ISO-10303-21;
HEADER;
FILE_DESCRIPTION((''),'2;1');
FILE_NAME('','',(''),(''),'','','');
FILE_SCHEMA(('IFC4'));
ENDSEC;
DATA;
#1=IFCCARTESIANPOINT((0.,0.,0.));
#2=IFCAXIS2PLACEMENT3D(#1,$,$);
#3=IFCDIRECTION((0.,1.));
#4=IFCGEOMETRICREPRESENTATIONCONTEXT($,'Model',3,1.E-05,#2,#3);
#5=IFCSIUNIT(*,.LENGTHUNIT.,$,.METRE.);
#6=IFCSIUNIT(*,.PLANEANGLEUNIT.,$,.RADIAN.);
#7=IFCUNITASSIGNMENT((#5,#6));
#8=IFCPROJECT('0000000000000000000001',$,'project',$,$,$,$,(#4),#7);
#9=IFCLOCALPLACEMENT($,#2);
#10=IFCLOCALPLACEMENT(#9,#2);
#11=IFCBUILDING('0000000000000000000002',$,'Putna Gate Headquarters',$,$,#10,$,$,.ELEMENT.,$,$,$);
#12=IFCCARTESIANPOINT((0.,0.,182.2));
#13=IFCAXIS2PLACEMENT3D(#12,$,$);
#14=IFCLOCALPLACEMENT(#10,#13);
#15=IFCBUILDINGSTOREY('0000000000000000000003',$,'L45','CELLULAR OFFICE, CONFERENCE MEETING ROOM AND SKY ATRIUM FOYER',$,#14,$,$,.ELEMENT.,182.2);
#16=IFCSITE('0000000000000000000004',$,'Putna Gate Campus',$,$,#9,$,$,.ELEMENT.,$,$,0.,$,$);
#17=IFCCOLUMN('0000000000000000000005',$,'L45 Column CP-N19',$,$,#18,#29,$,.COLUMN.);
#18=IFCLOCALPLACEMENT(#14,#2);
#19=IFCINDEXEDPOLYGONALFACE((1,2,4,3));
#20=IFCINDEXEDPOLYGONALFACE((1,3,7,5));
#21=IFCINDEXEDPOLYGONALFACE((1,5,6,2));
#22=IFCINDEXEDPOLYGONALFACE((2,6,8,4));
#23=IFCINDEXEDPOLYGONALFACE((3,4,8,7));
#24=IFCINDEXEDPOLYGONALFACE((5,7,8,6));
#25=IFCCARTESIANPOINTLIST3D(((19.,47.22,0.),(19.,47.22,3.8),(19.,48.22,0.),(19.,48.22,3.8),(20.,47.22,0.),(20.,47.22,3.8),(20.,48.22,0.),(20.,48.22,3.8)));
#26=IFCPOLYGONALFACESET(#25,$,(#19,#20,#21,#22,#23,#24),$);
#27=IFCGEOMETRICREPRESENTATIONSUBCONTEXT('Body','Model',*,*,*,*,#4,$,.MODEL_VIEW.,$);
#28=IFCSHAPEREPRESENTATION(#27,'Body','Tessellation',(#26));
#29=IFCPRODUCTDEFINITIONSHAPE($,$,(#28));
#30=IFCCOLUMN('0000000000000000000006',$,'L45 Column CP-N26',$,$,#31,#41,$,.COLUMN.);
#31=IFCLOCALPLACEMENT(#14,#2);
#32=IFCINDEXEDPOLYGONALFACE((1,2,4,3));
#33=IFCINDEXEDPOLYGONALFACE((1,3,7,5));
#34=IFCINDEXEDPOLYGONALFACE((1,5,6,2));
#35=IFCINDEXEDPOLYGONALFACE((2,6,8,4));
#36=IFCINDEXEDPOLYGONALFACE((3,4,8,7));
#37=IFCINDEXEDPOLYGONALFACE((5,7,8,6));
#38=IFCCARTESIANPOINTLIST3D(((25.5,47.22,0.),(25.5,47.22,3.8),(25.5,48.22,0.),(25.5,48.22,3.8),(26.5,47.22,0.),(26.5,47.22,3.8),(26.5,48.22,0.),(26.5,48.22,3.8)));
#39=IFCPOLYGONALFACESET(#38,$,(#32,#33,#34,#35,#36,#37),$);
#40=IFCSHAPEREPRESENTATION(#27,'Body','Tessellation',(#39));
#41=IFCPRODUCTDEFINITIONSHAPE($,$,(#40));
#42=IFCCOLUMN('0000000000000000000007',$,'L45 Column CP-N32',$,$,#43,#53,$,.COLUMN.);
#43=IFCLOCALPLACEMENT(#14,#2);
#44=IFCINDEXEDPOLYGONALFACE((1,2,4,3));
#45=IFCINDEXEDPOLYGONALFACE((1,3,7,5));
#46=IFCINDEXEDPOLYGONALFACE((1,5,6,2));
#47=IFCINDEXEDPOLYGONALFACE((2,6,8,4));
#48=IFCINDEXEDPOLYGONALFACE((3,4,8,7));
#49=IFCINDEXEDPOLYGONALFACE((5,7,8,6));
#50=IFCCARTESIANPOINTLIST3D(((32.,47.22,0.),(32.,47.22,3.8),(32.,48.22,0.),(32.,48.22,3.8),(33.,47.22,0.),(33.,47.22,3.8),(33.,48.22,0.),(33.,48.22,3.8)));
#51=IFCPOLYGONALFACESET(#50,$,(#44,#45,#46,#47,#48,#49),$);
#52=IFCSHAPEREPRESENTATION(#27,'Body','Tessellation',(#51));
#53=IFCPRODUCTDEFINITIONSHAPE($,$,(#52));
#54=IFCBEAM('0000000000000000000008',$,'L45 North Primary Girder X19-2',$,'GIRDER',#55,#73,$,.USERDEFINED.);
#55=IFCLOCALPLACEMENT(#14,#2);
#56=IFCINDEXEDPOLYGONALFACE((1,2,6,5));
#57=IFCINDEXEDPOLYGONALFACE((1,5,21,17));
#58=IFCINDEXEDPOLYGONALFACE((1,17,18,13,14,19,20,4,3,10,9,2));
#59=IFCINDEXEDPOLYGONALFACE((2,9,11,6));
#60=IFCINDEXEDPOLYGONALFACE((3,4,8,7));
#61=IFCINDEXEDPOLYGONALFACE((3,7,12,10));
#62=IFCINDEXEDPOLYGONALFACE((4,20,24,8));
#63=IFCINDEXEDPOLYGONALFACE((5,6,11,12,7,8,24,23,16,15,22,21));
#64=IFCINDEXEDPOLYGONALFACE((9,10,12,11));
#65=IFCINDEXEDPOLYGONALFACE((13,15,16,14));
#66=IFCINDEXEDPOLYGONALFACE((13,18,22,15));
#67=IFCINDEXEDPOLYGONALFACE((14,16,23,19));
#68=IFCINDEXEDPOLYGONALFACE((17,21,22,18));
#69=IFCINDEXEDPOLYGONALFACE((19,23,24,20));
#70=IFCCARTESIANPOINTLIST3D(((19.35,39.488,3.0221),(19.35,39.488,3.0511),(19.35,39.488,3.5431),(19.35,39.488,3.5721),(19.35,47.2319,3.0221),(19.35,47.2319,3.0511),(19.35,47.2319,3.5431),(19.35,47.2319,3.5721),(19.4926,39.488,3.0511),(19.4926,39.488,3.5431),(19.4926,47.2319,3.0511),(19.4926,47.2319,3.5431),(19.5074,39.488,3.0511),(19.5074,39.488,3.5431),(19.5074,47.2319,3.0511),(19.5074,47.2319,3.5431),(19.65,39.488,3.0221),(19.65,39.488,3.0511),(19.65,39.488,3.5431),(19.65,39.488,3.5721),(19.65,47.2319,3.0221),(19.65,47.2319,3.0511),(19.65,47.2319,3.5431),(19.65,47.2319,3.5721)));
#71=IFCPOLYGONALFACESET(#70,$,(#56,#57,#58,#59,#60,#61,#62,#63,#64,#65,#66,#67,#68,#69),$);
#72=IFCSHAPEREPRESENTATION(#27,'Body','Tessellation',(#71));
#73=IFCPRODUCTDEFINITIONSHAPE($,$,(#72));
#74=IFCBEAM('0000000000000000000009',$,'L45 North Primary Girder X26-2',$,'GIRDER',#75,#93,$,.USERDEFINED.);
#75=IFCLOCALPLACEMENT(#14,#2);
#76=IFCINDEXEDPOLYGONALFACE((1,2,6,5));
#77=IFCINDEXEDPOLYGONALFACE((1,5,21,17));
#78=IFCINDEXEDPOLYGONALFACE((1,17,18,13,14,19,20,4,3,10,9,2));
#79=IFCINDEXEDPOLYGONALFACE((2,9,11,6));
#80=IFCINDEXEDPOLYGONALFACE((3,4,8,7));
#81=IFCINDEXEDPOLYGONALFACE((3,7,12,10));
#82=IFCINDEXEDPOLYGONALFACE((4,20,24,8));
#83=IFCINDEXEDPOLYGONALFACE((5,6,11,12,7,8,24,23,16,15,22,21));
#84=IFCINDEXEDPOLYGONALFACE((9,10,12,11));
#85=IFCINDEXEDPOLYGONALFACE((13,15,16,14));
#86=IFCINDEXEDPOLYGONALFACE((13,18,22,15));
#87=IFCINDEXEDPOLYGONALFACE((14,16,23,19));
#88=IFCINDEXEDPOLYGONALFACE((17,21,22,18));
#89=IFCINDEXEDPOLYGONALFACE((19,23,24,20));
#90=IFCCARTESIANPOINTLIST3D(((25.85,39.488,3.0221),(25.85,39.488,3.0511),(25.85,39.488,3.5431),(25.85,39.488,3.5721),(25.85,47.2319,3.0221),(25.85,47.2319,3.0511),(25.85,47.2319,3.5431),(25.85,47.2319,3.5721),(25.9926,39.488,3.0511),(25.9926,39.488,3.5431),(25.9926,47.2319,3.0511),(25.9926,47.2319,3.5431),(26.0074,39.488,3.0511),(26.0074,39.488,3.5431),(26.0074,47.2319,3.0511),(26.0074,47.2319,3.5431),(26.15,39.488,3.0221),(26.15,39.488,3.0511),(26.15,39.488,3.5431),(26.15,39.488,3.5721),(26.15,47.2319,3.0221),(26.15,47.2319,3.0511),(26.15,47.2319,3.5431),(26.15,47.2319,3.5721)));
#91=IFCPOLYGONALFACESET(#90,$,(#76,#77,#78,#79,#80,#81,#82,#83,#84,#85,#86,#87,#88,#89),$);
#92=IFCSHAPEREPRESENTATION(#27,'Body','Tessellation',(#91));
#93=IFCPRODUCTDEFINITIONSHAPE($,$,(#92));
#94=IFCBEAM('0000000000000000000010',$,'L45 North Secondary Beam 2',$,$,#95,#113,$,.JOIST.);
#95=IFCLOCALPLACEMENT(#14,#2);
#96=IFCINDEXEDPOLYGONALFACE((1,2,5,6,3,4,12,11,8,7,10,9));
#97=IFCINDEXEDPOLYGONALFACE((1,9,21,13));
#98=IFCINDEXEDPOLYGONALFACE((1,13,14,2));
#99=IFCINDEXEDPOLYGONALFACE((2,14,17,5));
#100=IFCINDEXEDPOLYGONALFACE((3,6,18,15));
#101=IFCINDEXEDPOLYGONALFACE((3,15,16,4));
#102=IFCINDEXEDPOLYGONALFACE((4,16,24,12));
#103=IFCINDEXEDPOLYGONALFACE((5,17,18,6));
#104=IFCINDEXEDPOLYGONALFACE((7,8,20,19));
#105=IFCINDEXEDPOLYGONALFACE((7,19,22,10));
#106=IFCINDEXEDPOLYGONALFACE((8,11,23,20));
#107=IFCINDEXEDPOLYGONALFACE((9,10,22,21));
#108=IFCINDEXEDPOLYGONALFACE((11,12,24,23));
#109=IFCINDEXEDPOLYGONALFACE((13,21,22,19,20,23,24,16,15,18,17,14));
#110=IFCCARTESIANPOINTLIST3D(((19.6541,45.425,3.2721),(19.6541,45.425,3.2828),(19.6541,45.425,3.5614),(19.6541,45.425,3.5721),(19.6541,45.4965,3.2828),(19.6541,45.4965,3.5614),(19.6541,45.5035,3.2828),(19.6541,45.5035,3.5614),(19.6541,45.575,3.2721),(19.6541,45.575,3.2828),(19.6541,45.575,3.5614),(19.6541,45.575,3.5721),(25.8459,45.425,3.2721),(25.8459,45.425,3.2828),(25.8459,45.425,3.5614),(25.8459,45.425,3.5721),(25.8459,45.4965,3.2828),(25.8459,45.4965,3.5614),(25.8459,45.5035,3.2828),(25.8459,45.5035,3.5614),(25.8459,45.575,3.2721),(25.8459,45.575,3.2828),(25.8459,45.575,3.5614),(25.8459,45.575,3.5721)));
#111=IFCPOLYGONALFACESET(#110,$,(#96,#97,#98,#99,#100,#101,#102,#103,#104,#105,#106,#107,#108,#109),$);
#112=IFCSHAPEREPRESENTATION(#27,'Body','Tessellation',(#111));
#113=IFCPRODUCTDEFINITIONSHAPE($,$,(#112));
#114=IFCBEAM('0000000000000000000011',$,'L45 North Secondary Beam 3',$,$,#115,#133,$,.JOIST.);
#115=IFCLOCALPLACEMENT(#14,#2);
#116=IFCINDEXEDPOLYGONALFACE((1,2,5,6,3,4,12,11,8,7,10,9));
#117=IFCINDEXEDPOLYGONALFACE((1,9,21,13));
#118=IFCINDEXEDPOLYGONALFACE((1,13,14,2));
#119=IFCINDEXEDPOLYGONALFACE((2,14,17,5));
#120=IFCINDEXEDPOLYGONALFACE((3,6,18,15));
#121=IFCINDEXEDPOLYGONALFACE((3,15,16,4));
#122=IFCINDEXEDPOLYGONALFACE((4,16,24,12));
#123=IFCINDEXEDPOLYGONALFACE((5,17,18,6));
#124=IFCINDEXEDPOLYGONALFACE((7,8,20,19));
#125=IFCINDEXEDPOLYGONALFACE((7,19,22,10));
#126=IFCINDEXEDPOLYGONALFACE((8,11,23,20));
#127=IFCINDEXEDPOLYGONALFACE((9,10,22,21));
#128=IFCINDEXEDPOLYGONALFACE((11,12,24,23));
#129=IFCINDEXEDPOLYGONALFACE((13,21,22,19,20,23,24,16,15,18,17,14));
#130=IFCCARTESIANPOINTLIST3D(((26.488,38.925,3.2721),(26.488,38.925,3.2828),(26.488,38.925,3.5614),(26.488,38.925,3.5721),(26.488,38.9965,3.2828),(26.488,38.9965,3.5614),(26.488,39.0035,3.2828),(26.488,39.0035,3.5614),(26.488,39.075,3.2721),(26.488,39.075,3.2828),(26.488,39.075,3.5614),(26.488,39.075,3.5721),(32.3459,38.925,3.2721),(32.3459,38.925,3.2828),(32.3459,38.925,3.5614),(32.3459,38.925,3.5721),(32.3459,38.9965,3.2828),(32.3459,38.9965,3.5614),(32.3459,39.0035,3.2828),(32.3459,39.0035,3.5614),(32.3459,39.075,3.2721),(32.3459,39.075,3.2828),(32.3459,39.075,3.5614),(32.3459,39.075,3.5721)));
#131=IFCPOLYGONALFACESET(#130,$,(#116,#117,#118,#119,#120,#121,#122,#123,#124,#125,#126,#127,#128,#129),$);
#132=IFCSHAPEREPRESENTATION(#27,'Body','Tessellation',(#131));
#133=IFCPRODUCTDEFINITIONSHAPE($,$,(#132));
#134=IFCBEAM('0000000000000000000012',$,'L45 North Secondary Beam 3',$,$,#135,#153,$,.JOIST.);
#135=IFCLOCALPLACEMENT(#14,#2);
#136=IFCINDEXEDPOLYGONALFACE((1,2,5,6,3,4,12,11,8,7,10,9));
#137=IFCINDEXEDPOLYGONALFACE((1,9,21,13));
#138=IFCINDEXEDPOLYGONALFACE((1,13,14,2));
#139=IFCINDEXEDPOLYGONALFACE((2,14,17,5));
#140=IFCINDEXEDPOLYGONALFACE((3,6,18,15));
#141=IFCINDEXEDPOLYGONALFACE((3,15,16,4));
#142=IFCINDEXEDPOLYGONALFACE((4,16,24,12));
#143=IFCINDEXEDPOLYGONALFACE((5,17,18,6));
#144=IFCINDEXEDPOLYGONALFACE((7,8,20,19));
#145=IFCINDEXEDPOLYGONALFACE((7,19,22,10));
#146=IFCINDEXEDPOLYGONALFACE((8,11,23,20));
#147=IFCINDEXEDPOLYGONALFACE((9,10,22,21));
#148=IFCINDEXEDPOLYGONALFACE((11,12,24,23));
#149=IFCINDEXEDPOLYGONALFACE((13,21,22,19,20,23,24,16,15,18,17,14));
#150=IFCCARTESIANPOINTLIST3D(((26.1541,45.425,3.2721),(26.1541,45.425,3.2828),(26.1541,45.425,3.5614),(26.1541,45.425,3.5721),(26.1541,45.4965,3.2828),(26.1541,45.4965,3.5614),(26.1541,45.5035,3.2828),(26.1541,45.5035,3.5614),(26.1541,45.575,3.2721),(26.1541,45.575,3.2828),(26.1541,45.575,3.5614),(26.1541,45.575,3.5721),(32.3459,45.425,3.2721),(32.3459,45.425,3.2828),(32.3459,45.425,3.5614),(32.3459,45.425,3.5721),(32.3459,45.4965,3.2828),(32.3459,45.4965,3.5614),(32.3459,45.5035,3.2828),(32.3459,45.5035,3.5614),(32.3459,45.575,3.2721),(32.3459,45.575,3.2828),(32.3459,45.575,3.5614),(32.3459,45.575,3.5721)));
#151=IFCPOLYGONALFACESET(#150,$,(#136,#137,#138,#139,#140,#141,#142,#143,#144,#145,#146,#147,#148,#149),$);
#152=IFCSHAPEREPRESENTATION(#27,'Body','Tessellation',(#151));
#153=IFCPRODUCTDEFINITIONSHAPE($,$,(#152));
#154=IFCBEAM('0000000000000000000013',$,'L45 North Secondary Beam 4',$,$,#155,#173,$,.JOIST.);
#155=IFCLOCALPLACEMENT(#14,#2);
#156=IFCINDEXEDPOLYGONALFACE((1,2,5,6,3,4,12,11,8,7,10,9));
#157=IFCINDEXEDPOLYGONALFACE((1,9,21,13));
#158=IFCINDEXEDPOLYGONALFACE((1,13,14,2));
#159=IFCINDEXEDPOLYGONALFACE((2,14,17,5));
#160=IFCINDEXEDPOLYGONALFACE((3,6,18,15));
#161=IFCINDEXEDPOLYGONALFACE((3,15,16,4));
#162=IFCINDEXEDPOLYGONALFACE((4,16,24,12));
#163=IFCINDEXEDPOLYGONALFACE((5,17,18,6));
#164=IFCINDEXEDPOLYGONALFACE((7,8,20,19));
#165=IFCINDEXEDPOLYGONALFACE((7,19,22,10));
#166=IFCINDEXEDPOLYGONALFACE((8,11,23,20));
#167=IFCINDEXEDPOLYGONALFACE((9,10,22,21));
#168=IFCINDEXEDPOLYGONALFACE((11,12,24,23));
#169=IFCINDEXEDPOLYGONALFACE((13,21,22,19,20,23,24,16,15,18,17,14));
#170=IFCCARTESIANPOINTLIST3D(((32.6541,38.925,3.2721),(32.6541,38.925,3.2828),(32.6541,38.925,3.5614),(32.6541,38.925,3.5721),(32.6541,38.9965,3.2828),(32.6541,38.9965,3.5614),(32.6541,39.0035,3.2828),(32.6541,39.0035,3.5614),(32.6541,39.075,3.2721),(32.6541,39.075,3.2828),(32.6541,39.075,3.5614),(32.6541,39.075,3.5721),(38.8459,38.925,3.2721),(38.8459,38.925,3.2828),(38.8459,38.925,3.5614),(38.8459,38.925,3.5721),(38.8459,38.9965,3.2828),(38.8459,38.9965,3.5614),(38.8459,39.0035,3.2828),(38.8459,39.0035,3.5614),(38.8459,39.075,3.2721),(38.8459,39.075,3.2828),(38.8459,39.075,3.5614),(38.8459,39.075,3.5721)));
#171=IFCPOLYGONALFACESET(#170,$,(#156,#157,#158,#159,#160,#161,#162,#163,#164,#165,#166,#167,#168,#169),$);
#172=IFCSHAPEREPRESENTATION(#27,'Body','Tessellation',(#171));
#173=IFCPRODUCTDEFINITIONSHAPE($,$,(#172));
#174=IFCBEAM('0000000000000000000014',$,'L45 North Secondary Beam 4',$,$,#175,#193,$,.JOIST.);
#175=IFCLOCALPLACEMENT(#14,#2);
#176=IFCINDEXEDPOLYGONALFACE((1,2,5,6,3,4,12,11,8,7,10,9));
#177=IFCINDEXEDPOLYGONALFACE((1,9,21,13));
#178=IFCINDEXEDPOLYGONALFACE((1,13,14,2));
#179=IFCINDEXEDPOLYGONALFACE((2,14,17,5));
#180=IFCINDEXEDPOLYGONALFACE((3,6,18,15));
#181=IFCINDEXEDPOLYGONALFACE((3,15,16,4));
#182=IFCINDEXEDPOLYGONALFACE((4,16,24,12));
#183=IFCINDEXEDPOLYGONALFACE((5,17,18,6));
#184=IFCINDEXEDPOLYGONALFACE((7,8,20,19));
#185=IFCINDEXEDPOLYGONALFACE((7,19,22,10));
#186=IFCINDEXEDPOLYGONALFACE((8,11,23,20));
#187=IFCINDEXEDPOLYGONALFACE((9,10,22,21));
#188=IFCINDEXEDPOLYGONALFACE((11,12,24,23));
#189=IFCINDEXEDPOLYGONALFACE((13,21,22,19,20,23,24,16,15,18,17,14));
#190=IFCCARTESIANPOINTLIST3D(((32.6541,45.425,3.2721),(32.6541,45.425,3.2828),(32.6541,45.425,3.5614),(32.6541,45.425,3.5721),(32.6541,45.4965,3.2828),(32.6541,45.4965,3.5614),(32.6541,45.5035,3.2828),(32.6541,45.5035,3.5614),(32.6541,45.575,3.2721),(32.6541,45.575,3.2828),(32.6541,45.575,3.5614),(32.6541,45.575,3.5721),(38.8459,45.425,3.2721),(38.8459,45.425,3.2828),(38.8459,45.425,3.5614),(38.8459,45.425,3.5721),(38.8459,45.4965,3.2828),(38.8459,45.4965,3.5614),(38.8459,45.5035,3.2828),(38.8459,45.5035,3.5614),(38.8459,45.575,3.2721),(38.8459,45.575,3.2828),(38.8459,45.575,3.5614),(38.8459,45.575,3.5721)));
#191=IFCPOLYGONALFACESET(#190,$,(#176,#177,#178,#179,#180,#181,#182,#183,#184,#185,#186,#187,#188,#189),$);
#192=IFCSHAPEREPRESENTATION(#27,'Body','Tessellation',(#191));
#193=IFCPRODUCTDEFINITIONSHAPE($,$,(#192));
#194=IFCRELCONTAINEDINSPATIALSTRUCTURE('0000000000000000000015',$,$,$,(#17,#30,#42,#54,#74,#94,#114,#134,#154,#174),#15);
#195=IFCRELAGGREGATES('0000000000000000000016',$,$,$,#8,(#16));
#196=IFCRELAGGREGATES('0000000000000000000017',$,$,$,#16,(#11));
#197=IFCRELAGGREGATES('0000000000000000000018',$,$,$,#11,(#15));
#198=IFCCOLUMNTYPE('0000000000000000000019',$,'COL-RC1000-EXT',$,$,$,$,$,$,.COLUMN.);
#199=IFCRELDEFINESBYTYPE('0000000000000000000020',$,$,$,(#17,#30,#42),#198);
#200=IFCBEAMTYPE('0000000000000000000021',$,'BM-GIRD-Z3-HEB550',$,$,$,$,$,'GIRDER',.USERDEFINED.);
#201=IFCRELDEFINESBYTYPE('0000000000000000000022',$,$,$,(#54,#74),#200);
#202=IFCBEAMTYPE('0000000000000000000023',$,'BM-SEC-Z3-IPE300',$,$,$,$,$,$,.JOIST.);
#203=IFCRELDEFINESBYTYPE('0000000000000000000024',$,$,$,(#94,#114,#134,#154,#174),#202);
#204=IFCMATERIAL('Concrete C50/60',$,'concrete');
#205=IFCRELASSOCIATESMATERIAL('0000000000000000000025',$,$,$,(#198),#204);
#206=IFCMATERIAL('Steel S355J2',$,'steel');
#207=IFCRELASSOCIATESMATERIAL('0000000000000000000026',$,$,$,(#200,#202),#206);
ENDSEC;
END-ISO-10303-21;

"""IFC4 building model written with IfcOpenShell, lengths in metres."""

from ifc_helpers import new_model, si_unit, direction, frame, origin, origin_2d, place, context, subcontext, project, spatial, rectangle, i_section, extrude, material, material_profile, profile_set, type_object, element, save


model = new_model("IFC4")

# Units and contexts
model_context = context("Model", 3, precision=1e-05, world=origin(), true_north=direction((0.0, 1.0)))
body_context = subcontext(model_context, "Body", "Model", "MODEL_VIEW")
ifc_project = project(units=[si_unit("LENGTHUNIT", "METRE"), si_unit("PLANEANGLEUNIT", "RADIAN")], contexts=[model_context])

# Site, building, storey
site_placement = place(None, origin())
site = spatial("IfcSite", under=ifc_project, at=site_placement, Name="Putna Gate Campus", CompositionType="ELEMENT", RefElevation=0.0)
building_placement = place(site_placement, origin())
building = spatial("IfcBuilding", under=site, at=building_placement, Name="Putna Gate Headquarters", CompositionType="ELEMENT")
storey_placement = place(building_placement, frame((0.0, 0.0, 182.2)))
storey = spatial("IfcBuildingStorey", under=building, at=storey_placement, Name="L45", Description="CELLULAR OFFICE, CONFERENCE MEETING ROOM AND SKY ATRIUM FOYER", CompositionType="ELEMENT", Elevation=182.2)

# Columns
ifc_material_1 = material(Name="Concrete C50/60", Category="concrete")
ifc_material_profile_1 = material_profile(ifc_material_1, rectangle(XDim=1.0, YDim=1.0, at=origin_2d()), Name="Concrete C50/60")
ifc_profile_set_1 = profile_set([ifc_material_profile_1], Name="Concrete C50/60")
column_type = type_object("IfcColumnType", Name="COL-RC1000-EXT", PredefinedType="COLUMN", material=ifc_profile_set_1)
for number, where, z_axis, x_axis, name in (
    (1, (19.5, 47.72, 0.0), (0.0, 0.0, 1.0), (1.0, 0.0, 0.0), "L45 Column CP-N19"),
    (2, (26.0, 47.72, 0.0), (0.0, 0.0, 1.0), (1.0, 0.0, 0.0), "L45 Column CP-N26"),
    (3, (32.5, 47.72, 0.0), (0.0, 0.0, 1.0), (1.0, 0.0, 0.0), "L45 Column CP-N32"),
):
    element("IfcColumn", number, at=place(storey_placement, frame(where, z_axis=z_axis, x_axis=x_axis)), inside=storey, type_object=column_type, Name=name, PredefinedType="COLUMN", context=body_context, shape_type="SweptSolid", body=[
        extrude(rectangle(XDim=1.0, YDim=1.0, at=origin_2d()), origin(), (0.0, 0.0, 1.0), 3.8),
    ])

# Beams
ifc_material_2 = material(Name="Steel S355J2", Category="steel")
ifc_material_profile_2 = material_profile(ifc_material_2, i_section(OverallWidth=0.3, OverallDepth=0.55, WebThickness=0.0149, FlangeThickness=0.0291, at=origin_2d()), Name="Steel S355J2")
ifc_profile_set_2 = profile_set([ifc_material_profile_2], Name="Steel S355J2")
beam_type_1 = type_object("IfcBeamType", Name="BM-GIRD-Z3-HEB550", ElementType="GIRDER", PredefinedType="USERDEFINED", material=ifc_profile_set_2)
for number, where, z_axis, x_axis, name in (
    (4, (19.5, 39.488, 3.2971), (0.0, 1.0, 0.0), (-1.0, 0.0, 0.0), "L45 North Primary Girder X19-2"),
    (5, (26.0, 39.488, 3.2971), (0.0, 1.0, 0.0), (-1.0, 0.0, 0.0), "L45 North Primary Girder X26-2"),
):
    element("IfcBeam", number, at=place(storey_placement, frame(where, z_axis=z_axis, x_axis=x_axis)), inside=storey, type_object=beam_type_1, Name=name, ObjectType="GIRDER", PredefinedType="USERDEFINED", context=body_context, shape_type="SweptSolid", body=[
        extrude(i_section(OverallWidth=0.3, OverallDepth=0.55, WebThickness=0.0149, FlangeThickness=0.0291, at=origin_2d()), origin(), (0.0, 0.0, 1.0), 7.7439),
    ])
ifc_material_profile_3 = material_profile(ifc_material_2, i_section(OverallWidth=0.1499, OverallDepth=0.3, WebThickness=0.0071, FlangeThickness=0.0107, at=origin_2d()), Name="Steel S355J2")
ifc_profile_set_3 = profile_set([ifc_material_profile_3], Name="Steel S355J2")
beam_type_2 = type_object("IfcBeamType", Name="BM-SEC-Z3-IPE300", PredefinedType="JOIST", material=ifc_profile_set_3)
beam_1_placement = place(storey_placement, frame((19.6541, 45.5, 3.4221), z_axis=(1.0, 0.0, 0.0), x_axis=(0.0, 1.0, 0.0)))
element("IfcBeam", 6, at=beam_1_placement, inside=storey, type_object=beam_type_2, Name="L45 North Secondary Beam 2", PredefinedType="JOIST", context=body_context, shape_type="SweptSolid", body=[
    extrude(i_section(OverallWidth=0.1499, OverallDepth=0.3, WebThickness=0.0071, FlangeThickness=0.0107, at=origin_2d()), origin(), (0.0, 0.0, 1.0), 6.1919),
])
beam_2_placement = place(storey_placement, frame((26.488, 39.0, 3.4221), z_axis=(1.0, 0.0, 0.0), x_axis=(0.0, 1.0, 0.0)))
element("IfcBeam", 7, at=beam_2_placement, inside=storey, type_object=beam_type_2, Name="L45 North Secondary Beam 3", PredefinedType="JOIST", context=body_context, shape_type="SweptSolid", body=[
    extrude(i_section(OverallWidth=0.1499, OverallDepth=0.3, WebThickness=0.0071, FlangeThickness=0.0107, at=origin_2d()), origin(), (0.0, 0.0, 1.0), 5.8579),
])
for number, where, z_axis, x_axis, name in (
    (8, (26.1541, 45.5, 3.4221), (1.0, 0.0, 0.0), (0.0, 1.0, 0.0), "L45 North Secondary Beam 3"),
    (9, (32.6541, 39.0, 3.4221), (1.0, 0.0, 0.0), (0.0, 1.0, 0.0), "L45 North Secondary Beam 4"),
    (10, (32.6541, 45.5, 3.4221), (1.0, 0.0, 0.0), (0.0, 1.0, 0.0), "L45 North Secondary Beam 4"),
):
    element("IfcBeam", number, at=place(storey_placement, frame(where, z_axis=z_axis, x_axis=x_axis)), inside=storey, type_object=beam_type_2, Name=name, PredefinedType="JOIST", context=body_context, shape_type="SweptSolid", body=[
        extrude(i_section(OverallWidth=0.1499, OverallDepth=0.3, WebThickness=0.0071, FlangeThickness=0.0107, at=origin_2d()), origin(), (0.0, 0.0, 1.0), 6.1919),
    ])

save(model, "model.ifc")
